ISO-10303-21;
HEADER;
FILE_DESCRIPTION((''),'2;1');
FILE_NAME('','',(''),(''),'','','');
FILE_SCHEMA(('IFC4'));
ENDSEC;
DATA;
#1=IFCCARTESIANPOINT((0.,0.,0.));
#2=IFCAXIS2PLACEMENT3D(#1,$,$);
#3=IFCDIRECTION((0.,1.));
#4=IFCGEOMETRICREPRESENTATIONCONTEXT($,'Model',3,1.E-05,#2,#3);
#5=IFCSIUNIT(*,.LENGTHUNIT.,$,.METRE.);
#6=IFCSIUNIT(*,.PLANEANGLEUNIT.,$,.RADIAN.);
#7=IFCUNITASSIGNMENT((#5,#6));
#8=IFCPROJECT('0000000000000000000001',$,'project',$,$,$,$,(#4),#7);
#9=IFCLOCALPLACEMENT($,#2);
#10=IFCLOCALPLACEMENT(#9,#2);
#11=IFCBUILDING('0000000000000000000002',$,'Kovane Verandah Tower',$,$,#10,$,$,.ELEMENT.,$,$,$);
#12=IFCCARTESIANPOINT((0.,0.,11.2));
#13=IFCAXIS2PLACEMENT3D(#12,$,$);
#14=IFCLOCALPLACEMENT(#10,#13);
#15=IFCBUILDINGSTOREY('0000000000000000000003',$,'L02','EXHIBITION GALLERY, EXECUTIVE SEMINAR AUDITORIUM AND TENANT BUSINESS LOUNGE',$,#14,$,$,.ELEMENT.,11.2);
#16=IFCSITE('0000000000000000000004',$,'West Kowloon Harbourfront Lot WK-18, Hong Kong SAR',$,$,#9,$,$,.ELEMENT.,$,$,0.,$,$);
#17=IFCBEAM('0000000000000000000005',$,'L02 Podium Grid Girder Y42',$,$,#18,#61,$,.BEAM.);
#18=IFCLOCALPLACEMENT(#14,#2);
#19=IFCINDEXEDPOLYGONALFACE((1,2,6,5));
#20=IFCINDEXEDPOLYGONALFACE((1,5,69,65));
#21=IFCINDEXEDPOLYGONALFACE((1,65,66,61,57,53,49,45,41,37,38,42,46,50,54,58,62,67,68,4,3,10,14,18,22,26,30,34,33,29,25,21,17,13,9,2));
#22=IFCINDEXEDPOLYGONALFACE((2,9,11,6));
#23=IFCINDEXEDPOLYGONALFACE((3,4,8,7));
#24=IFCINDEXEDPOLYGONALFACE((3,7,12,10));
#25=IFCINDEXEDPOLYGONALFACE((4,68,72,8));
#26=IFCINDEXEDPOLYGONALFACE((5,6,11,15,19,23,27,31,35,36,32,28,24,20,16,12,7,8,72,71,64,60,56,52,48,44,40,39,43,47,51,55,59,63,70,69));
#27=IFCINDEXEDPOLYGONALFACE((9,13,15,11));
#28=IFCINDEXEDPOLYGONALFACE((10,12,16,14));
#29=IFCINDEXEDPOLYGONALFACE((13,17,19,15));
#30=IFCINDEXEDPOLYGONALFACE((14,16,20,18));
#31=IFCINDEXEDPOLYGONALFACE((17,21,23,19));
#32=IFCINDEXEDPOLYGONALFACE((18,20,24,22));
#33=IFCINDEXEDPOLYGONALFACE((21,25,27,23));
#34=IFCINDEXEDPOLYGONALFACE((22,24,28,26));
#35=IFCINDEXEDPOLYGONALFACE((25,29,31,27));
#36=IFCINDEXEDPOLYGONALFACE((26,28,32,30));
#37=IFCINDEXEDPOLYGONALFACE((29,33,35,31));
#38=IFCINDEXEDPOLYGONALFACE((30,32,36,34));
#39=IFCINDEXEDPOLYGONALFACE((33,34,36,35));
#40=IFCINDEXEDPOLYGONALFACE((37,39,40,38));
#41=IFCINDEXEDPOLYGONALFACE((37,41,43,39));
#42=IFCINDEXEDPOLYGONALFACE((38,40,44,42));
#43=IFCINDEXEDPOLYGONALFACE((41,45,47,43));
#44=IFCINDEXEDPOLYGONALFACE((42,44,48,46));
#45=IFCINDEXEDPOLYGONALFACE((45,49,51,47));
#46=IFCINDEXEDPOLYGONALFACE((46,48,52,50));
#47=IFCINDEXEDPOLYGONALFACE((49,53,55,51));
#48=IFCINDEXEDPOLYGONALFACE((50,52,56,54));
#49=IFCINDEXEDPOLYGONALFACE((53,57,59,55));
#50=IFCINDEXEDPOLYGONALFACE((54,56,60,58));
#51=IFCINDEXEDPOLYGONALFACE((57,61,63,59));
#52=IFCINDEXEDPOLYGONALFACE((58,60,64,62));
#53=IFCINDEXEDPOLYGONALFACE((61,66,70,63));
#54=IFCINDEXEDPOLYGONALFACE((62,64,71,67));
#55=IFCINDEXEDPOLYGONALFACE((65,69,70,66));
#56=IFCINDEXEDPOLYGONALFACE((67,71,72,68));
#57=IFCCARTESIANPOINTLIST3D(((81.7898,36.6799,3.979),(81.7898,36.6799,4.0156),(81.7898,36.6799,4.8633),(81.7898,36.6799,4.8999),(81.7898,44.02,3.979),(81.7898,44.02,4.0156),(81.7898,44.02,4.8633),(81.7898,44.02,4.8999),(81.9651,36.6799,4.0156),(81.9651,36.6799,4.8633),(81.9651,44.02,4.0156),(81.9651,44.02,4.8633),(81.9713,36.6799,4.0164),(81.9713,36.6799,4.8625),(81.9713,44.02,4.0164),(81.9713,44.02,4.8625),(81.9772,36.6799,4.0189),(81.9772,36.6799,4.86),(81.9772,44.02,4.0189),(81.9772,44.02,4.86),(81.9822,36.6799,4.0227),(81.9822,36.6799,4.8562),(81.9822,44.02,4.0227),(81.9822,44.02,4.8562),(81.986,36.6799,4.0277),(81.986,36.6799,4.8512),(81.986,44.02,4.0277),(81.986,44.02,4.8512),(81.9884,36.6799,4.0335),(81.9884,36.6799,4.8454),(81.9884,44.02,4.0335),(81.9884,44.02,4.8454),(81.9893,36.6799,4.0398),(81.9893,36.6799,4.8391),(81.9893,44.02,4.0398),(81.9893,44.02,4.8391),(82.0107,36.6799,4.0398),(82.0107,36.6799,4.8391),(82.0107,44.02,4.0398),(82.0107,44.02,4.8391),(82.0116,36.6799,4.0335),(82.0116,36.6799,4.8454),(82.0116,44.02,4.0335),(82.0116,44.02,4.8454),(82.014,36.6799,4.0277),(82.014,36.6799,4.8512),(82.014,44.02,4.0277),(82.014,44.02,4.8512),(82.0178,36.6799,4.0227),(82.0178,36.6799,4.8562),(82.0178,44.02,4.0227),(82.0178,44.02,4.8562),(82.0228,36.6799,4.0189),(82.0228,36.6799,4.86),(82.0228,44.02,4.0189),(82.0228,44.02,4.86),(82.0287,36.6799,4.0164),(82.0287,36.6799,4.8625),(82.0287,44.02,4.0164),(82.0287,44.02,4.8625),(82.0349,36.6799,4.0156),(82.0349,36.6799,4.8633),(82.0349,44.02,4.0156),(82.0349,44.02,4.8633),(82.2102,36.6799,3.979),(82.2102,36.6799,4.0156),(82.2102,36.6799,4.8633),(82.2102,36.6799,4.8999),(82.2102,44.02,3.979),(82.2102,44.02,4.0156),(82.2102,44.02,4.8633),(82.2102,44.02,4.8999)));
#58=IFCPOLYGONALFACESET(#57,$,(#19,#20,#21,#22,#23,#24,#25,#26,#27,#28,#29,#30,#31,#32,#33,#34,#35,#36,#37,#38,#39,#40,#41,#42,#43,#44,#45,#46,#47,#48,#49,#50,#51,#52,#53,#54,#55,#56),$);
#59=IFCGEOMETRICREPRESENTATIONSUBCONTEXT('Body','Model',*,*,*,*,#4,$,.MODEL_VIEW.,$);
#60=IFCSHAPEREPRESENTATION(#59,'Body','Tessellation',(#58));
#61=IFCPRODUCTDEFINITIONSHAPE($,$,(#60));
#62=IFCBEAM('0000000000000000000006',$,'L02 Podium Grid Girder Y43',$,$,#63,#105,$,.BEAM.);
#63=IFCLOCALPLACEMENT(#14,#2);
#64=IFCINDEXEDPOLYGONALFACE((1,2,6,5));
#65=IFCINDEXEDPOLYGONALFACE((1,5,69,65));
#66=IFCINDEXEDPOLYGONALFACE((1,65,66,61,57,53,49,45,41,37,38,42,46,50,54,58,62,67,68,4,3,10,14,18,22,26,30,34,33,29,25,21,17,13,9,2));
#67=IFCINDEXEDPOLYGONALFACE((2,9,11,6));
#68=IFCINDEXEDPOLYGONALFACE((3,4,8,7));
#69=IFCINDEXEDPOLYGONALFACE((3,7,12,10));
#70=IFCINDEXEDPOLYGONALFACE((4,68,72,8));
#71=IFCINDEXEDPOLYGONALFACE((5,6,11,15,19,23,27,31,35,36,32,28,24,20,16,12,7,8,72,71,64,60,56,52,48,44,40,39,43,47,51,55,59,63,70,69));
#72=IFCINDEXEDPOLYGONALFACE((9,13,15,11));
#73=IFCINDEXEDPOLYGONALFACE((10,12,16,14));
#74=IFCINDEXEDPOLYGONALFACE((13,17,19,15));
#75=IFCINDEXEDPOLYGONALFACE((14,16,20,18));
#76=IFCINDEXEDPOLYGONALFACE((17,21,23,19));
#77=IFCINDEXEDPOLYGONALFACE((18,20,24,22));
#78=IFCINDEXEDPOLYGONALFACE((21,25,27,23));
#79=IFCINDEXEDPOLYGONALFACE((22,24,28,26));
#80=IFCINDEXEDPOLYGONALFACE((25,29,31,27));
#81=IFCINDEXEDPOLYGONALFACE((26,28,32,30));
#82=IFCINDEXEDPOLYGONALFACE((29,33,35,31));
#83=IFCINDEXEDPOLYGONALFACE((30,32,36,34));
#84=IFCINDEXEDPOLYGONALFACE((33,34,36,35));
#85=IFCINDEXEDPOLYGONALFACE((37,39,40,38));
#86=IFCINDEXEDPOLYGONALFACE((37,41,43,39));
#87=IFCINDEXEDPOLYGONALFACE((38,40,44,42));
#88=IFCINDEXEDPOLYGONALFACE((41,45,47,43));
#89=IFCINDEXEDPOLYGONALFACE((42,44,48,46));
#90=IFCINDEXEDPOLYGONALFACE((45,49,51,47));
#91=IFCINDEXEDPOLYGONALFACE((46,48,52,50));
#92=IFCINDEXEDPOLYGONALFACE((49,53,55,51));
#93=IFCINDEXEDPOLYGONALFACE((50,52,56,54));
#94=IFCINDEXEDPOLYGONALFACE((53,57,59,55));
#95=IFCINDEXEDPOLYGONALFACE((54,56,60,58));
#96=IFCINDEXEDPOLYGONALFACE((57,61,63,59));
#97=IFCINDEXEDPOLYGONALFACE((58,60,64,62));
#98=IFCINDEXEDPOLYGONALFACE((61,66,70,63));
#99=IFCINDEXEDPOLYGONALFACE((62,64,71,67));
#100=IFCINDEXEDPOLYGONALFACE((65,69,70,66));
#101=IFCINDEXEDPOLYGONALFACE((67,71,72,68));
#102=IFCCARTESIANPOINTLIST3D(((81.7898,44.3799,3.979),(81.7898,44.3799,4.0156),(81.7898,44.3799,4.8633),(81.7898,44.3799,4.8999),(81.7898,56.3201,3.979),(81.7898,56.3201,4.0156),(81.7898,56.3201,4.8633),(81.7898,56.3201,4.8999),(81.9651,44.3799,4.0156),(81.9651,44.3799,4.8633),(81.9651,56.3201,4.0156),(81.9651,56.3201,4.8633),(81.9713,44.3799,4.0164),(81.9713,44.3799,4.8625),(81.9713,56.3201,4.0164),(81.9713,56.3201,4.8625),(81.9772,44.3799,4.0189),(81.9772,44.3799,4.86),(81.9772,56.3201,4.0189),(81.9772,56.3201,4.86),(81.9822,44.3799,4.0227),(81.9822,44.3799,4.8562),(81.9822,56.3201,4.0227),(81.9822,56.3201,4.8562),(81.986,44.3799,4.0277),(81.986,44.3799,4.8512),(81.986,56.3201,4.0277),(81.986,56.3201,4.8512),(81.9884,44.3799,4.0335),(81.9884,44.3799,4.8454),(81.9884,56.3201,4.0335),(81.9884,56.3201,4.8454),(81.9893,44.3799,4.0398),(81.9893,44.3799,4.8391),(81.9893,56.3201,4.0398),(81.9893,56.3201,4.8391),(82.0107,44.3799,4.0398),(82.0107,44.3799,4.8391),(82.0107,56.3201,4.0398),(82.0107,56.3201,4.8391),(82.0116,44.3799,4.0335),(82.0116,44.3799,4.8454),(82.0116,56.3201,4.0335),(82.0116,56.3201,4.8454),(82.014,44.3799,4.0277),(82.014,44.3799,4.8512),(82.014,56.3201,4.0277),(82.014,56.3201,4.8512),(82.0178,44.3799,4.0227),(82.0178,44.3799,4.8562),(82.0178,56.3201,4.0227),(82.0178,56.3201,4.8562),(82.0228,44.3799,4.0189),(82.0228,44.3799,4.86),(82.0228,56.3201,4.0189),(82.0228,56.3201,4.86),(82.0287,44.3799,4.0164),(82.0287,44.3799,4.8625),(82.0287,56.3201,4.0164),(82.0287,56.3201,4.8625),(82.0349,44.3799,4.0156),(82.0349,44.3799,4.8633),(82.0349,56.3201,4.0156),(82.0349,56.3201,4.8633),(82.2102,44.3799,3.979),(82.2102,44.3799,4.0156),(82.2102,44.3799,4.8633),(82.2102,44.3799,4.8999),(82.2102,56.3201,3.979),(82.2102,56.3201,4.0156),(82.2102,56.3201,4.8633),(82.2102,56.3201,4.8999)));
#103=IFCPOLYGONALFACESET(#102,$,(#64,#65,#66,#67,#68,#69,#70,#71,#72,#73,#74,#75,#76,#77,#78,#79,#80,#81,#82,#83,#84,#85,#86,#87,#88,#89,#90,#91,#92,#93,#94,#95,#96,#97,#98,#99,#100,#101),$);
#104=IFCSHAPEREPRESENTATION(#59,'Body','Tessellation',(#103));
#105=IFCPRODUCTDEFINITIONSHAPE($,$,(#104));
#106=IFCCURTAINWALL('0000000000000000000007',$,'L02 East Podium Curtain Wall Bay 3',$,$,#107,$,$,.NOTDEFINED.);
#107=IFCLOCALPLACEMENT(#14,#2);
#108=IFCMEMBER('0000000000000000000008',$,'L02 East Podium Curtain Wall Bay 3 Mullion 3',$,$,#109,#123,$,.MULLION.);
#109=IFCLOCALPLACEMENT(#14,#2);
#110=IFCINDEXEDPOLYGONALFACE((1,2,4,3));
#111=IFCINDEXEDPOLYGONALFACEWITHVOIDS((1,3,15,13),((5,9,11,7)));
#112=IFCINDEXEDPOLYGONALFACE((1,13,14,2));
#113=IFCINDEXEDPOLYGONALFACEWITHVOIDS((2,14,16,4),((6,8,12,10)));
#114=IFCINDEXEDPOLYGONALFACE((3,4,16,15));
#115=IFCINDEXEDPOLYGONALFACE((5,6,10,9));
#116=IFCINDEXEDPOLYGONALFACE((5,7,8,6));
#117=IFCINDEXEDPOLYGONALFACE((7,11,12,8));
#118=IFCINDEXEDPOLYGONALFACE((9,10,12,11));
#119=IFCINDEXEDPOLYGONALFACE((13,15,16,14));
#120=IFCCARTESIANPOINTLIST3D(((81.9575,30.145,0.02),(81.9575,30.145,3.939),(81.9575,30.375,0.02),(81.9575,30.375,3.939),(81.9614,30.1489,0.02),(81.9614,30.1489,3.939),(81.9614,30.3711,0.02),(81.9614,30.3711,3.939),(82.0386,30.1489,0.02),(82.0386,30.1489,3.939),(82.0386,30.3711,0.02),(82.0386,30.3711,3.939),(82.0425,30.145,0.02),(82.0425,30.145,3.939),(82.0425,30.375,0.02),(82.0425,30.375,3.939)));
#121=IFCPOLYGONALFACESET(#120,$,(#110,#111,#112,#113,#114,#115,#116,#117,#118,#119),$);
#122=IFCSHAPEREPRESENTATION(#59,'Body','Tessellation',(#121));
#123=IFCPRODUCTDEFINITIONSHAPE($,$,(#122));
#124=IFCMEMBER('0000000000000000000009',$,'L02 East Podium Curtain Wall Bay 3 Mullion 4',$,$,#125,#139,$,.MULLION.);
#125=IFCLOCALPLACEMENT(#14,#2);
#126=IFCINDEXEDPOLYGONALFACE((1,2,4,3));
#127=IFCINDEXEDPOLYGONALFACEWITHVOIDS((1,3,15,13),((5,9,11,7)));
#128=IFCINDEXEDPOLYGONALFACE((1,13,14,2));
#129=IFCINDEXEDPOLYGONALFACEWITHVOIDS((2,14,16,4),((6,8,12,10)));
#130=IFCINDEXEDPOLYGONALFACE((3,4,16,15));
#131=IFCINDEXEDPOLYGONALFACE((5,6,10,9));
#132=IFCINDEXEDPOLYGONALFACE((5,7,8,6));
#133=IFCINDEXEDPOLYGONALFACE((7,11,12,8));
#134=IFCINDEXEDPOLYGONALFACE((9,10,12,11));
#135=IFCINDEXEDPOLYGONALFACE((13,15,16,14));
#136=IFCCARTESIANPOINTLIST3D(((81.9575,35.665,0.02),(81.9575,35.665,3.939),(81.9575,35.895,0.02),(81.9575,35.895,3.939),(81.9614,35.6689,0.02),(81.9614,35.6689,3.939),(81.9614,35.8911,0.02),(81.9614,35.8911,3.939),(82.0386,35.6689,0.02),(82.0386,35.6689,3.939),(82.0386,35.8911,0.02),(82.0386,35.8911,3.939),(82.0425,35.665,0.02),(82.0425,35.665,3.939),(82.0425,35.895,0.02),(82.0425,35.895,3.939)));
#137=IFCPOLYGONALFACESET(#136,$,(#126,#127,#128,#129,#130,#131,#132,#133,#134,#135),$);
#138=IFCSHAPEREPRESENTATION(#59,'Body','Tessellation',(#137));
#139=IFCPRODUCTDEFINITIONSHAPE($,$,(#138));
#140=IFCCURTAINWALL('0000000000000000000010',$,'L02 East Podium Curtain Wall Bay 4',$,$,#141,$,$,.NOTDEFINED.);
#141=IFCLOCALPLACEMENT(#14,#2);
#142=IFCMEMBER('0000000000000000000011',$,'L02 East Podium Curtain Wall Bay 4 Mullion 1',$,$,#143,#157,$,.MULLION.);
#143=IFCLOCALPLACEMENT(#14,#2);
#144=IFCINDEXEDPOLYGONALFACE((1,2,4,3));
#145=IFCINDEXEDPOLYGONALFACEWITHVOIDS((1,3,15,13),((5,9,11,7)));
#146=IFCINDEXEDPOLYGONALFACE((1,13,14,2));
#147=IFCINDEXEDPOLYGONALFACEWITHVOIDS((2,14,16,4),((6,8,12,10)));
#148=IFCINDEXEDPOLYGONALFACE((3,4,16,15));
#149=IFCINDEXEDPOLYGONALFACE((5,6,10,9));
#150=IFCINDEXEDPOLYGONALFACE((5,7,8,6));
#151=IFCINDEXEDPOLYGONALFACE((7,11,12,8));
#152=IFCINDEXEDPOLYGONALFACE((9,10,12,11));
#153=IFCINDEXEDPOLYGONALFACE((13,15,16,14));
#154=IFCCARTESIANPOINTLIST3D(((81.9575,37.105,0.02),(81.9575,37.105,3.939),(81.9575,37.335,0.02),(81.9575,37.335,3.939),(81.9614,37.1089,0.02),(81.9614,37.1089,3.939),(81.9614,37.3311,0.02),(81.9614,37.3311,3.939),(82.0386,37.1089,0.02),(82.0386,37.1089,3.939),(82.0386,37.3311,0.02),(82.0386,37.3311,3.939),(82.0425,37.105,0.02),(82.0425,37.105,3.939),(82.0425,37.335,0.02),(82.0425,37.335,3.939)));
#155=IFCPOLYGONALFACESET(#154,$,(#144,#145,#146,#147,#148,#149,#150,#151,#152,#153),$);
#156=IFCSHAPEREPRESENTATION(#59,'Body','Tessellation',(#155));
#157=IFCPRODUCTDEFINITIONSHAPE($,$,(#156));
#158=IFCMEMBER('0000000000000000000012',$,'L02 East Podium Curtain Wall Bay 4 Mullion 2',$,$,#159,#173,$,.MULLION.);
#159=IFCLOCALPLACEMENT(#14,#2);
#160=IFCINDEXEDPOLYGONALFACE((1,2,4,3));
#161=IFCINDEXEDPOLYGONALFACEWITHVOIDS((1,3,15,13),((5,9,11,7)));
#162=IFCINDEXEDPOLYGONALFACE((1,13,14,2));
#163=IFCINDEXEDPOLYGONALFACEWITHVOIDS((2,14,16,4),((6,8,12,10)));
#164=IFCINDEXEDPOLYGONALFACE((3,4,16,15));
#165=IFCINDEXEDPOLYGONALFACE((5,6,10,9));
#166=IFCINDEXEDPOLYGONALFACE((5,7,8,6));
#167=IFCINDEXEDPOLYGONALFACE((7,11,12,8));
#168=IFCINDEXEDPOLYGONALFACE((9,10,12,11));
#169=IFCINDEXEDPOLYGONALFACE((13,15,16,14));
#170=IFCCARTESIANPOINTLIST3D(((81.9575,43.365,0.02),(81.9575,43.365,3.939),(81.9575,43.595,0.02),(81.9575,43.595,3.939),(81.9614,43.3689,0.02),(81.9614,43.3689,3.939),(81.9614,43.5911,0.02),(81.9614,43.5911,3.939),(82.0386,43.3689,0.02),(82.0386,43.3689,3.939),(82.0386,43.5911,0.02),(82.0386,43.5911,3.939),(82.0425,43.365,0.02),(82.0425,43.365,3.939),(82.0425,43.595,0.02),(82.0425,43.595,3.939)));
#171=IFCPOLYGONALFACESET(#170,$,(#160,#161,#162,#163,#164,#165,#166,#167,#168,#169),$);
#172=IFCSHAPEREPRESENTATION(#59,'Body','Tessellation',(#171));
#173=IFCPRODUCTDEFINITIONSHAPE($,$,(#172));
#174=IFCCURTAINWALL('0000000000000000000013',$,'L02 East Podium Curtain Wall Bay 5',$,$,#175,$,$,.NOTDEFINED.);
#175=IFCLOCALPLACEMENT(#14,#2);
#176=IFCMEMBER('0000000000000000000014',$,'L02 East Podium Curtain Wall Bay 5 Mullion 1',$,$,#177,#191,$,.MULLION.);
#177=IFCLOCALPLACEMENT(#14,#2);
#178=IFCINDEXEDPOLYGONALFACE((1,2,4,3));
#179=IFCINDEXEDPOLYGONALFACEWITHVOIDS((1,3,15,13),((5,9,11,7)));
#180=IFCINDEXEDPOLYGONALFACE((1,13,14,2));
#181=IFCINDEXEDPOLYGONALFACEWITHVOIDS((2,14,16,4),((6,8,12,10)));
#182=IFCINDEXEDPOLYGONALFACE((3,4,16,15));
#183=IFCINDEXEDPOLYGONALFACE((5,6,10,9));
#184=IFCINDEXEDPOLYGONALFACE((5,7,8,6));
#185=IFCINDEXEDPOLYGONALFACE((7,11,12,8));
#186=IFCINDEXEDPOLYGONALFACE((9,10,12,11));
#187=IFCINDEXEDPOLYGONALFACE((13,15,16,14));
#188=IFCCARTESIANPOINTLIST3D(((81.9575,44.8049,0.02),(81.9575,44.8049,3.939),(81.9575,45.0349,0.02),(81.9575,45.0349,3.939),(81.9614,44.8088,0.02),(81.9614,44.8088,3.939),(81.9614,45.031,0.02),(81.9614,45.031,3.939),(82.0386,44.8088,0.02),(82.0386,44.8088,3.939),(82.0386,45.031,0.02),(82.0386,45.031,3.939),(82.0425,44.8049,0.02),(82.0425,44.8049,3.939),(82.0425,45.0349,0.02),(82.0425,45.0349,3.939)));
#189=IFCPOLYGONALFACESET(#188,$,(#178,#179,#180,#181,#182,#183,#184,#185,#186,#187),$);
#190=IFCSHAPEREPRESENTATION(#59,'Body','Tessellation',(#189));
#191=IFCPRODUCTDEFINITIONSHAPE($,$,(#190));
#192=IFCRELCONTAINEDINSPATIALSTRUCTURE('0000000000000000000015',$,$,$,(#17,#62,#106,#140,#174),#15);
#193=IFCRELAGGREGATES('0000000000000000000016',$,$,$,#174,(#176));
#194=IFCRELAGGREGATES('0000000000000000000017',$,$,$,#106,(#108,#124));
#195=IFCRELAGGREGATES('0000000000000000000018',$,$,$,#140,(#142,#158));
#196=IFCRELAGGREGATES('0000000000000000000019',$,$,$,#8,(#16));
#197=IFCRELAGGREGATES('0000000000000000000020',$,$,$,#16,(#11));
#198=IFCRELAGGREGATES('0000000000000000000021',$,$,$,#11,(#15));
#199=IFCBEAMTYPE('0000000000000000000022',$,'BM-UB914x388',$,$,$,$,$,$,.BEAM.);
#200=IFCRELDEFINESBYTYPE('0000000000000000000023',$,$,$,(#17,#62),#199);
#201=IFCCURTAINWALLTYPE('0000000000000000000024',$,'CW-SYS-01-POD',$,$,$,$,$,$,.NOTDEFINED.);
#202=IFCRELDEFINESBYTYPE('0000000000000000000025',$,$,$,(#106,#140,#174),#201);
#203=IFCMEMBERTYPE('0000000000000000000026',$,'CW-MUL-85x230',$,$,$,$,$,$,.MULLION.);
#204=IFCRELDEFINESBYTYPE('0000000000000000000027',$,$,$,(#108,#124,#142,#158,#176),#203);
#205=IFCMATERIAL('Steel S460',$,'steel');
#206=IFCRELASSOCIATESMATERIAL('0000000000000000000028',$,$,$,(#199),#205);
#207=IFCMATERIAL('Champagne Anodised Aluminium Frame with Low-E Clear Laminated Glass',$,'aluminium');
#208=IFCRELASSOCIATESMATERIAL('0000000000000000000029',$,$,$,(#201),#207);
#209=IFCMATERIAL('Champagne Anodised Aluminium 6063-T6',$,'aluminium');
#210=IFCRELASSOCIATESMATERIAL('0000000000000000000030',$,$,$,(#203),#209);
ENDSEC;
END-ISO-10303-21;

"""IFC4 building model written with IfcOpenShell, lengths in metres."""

from ifc_helpers import new_model, si_unit, direction, frame, origin, origin_2d, place, context, subcontext, project, spatial, hollow_rectangle, i_section, extrude, material, material_profile, profile_set, type_object, element, aggregate, save


model = new_model("IFC4")

# Units and contexts
model_context = context("Model", 3, precision=1e-05, world=origin(), true_north=direction((0.0, 1.0)))
body_context = subcontext(model_context, "Body", "Model", "MODEL_VIEW")
ifc_project = project(units=[si_unit("LENGTHUNIT", "METRE"), si_unit("PLANEANGLEUNIT", "RADIAN")], contexts=[model_context])

# Site, building, storey
site_placement = place(None, origin())
site = spatial("IfcSite", under=ifc_project, at=site_placement, Name="West Kowloon Harbourfront Lot WK-18, Hong Kong SAR", CompositionType="ELEMENT", RefElevation=0.0)
building_placement = place(site_placement, origin())
building = spatial("IfcBuilding", under=site, at=building_placement, Name="Kovane Verandah Tower", CompositionType="ELEMENT")
storey_placement = place(building_placement, frame((0.0, 0.0, 11.2)))
storey = spatial("IfcBuildingStorey", under=building, at=storey_placement, Name="L02", Description="EXHIBITION GALLERY, EXECUTIVE SEMINAR AUDITORIUM AND TENANT BUSINESS LOUNGE", CompositionType="ELEMENT", Elevation=11.2)

# Shared definitions
ifc_material_1 = material(Name="Steel S460", Category="steel")

# Beams
ifc_material_profile_1 = material_profile(ifc_material_1, i_section(OverallWidth=0.4204, OverallDepth=0.9209, WebThickness=0.0215, FlangeThickness=0.0366, FilletRadius=0.0242, at=origin_2d()), Name="UB914x419x388")
ifc_profile_set_1 = profile_set([ifc_material_profile_1], Name="Steel S460")
beam_type = type_object("IfcBeamType", Name="BM-UB914x388", PredefinedType="BEAM", material=ifc_profile_set_1)
beam_1_placement = place(storey_placement, frame((82.0, 36.6799, 4.4395), z_axis=(0.0, 1.0, 0.0), x_axis=(-1.0, 0.0, 0.0)))
element("IfcBeam", 1, at=beam_1_placement, inside=storey, type_object=beam_type, Name="L02 Podium Grid Girder Y42", PredefinedType="BEAM", context=body_context, shape_type="SweptSolid", body=[
    extrude(i_section(OverallWidth=0.4204, OverallDepth=0.9209, WebThickness=0.0215, FlangeThickness=0.0366, FilletRadius=0.0242, at=origin_2d()), origin(), (0.0, 0.0, 1.0), 7.3401),
])
beam_2_placement = place(storey_placement, frame((82.0, 44.3799, 4.4395), z_axis=(0.0, 1.0, 0.0), x_axis=(-1.0, 0.0, 0.0)))
element("IfcBeam", 2, at=beam_2_placement, inside=storey, type_object=beam_type, Name="L02 Podium Grid Girder Y43", PredefinedType="BEAM", context=body_context, shape_type="SweptSolid", body=[
    extrude(i_section(OverallWidth=0.4204, OverallDepth=0.9209, WebThickness=0.0215, FlangeThickness=0.0366, FilletRadius=0.0242, at=origin_2d()), origin(), (0.0, 0.0, 1.0), 11.9402),
])

# Curtain walls, members
ifc_material_2 = material(Name="Champagne Anodised Aluminium Frame with Low-E Clear Laminated Glass", Category="aluminium")
curtain_wall_type = type_object("IfcCurtainWallType", Name="CW-SYS-01-POD", PredefinedType="NOTDEFINED", material=ifc_material_2)
curtain_wall_1_placement = place(storey_placement, origin())
curtain_wall_1 = element("IfcCurtainWall", 3, at=curtain_wall_1_placement, inside=storey, type_object=curtain_wall_type, Name="L02 East Podium Curtain Wall Bay 3", PredefinedType="NOTDEFINED")
ifc_material_3 = material(Name="Champagne Anodised Aluminium 6063-T6", Category="aluminium")
ifc_material_profile_2 = material_profile(ifc_material_3, hollow_rectangle(XDim=0.085, YDim=0.23, WallThickness=0.0039, at=origin_2d()), Name="AL85x230x4")
ifc_profile_set_2 = profile_set([ifc_material_profile_2], Name="Champagne Anodised Aluminium 6063-T6")
member_type_1 = type_object("IfcMemberType", Name="CW-MUL-85x230", PredefinedType="MULLION", material=ifc_profile_set_2)
member_1_placement = place(storey_placement, frame((82.0, 30.26, 0.02), z_axis=(0.0, 0.0, 1.0), x_axis=(1.0, 0.0, 0.0)))
member_1 = element("IfcMember", 4, at=member_1_placement, type_object=member_type_1, Name="L02 East Podium Curtain Wall Bay 3 Mullion 3", PredefinedType="MULLION", context=body_context, shape_type="SweptSolid", body=[
    extrude(hollow_rectangle(XDim=0.085, YDim=0.23, WallThickness=0.0039, at=origin_2d()), origin(), (0.0, 0.0, 1.0), 3.9189),
])
member_2_placement = place(storey_placement, frame((82.0, 35.78, 0.02), z_axis=(0.0, 0.0, 1.0), x_axis=(1.0, 0.0, 0.0)))
member_2 = element("IfcMember", 5, at=member_2_placement, type_object=member_type_1, Name="L02 East Podium Curtain Wall Bay 3 Mullion 4", PredefinedType="MULLION", context=body_context, shape_type="SweptSolid", body=[
    extrude(hollow_rectangle(XDim=0.085, YDim=0.23, WallThickness=0.0039, at=origin_2d()), origin(), (0.0, 0.0, 1.0), 3.9189),
])
curtain_wall_2_placement = place(storey_placement, origin())
curtain_wall_2 = element("IfcCurtainWall", 6, at=curtain_wall_2_placement, inside=storey, type_object=curtain_wall_type, Name="L02 East Podium Curtain Wall Bay 4", PredefinedType="NOTDEFINED")
member_3_placement = place(storey_placement, frame((82.0, 37.22, 0.02), z_axis=(0.0, 0.0, 1.0), x_axis=(1.0, 0.0, 0.0)))
member_3 = element("IfcMember", 7, at=member_3_placement, type_object=member_type_1, Name="L02 East Podium Curtain Wall Bay 4 Mullion 1", PredefinedType="MULLION", context=body_context, shape_type="SweptSolid", body=[
    extrude(hollow_rectangle(XDim=0.085, YDim=0.23, WallThickness=0.0039, at=origin_2d()), origin(), (0.0, 0.0, 1.0), 3.9189),
])
member_4_placement = place(storey_placement, frame((82.0, 43.48, 0.02), z_axis=(0.0, 0.0, 1.0), x_axis=(1.0, 0.0, 0.0)))
member_4 = element("IfcMember", 8, at=member_4_placement, type_object=member_type_1, Name="L02 East Podium Curtain Wall Bay 4 Mullion 2", PredefinedType="MULLION", context=body_context, shape_type="SweptSolid", body=[
    extrude(hollow_rectangle(XDim=0.085, YDim=0.23, WallThickness=0.0039, at=origin_2d()), origin(), (0.0, 0.0, 1.0), 3.9189),
])

# Curtain wall, member
curtain_wall_3_placement = place(storey_placement, origin())
curtain_wall_3 = element("IfcCurtainWall", 9, at=curtain_wall_3_placement, inside=storey, type_object=curtain_wall_type, Name="L02 East Podium Curtain Wall Bay 5", PredefinedType="NOTDEFINED")
member_5_placement = place(storey_placement, frame((82.0, 44.9199, 0.02), z_axis=(0.0, 0.0, 1.0), x_axis=(1.0, 0.0, 0.0)))
member_5 = element("IfcMember", 10, at=member_5_placement, type_object=member_type_1, Name="L02 East Podium Curtain Wall Bay 5 Mullion 1", PredefinedType="MULLION", context=body_context, shape_type="SweptSolid", body=[
    extrude(hollow_rectangle(XDim=0.085, YDim=0.23, WallThickness=0.0039, at=origin_2d()), origin(), (0.0, 0.0, 1.0), 3.9189),
])

aggregate(curtain_wall_3, [member_5])

aggregate(curtain_wall_1, [member_1, member_2])
aggregate(curtain_wall_2, [member_3, member_4])

save(model, "model.ifc")
